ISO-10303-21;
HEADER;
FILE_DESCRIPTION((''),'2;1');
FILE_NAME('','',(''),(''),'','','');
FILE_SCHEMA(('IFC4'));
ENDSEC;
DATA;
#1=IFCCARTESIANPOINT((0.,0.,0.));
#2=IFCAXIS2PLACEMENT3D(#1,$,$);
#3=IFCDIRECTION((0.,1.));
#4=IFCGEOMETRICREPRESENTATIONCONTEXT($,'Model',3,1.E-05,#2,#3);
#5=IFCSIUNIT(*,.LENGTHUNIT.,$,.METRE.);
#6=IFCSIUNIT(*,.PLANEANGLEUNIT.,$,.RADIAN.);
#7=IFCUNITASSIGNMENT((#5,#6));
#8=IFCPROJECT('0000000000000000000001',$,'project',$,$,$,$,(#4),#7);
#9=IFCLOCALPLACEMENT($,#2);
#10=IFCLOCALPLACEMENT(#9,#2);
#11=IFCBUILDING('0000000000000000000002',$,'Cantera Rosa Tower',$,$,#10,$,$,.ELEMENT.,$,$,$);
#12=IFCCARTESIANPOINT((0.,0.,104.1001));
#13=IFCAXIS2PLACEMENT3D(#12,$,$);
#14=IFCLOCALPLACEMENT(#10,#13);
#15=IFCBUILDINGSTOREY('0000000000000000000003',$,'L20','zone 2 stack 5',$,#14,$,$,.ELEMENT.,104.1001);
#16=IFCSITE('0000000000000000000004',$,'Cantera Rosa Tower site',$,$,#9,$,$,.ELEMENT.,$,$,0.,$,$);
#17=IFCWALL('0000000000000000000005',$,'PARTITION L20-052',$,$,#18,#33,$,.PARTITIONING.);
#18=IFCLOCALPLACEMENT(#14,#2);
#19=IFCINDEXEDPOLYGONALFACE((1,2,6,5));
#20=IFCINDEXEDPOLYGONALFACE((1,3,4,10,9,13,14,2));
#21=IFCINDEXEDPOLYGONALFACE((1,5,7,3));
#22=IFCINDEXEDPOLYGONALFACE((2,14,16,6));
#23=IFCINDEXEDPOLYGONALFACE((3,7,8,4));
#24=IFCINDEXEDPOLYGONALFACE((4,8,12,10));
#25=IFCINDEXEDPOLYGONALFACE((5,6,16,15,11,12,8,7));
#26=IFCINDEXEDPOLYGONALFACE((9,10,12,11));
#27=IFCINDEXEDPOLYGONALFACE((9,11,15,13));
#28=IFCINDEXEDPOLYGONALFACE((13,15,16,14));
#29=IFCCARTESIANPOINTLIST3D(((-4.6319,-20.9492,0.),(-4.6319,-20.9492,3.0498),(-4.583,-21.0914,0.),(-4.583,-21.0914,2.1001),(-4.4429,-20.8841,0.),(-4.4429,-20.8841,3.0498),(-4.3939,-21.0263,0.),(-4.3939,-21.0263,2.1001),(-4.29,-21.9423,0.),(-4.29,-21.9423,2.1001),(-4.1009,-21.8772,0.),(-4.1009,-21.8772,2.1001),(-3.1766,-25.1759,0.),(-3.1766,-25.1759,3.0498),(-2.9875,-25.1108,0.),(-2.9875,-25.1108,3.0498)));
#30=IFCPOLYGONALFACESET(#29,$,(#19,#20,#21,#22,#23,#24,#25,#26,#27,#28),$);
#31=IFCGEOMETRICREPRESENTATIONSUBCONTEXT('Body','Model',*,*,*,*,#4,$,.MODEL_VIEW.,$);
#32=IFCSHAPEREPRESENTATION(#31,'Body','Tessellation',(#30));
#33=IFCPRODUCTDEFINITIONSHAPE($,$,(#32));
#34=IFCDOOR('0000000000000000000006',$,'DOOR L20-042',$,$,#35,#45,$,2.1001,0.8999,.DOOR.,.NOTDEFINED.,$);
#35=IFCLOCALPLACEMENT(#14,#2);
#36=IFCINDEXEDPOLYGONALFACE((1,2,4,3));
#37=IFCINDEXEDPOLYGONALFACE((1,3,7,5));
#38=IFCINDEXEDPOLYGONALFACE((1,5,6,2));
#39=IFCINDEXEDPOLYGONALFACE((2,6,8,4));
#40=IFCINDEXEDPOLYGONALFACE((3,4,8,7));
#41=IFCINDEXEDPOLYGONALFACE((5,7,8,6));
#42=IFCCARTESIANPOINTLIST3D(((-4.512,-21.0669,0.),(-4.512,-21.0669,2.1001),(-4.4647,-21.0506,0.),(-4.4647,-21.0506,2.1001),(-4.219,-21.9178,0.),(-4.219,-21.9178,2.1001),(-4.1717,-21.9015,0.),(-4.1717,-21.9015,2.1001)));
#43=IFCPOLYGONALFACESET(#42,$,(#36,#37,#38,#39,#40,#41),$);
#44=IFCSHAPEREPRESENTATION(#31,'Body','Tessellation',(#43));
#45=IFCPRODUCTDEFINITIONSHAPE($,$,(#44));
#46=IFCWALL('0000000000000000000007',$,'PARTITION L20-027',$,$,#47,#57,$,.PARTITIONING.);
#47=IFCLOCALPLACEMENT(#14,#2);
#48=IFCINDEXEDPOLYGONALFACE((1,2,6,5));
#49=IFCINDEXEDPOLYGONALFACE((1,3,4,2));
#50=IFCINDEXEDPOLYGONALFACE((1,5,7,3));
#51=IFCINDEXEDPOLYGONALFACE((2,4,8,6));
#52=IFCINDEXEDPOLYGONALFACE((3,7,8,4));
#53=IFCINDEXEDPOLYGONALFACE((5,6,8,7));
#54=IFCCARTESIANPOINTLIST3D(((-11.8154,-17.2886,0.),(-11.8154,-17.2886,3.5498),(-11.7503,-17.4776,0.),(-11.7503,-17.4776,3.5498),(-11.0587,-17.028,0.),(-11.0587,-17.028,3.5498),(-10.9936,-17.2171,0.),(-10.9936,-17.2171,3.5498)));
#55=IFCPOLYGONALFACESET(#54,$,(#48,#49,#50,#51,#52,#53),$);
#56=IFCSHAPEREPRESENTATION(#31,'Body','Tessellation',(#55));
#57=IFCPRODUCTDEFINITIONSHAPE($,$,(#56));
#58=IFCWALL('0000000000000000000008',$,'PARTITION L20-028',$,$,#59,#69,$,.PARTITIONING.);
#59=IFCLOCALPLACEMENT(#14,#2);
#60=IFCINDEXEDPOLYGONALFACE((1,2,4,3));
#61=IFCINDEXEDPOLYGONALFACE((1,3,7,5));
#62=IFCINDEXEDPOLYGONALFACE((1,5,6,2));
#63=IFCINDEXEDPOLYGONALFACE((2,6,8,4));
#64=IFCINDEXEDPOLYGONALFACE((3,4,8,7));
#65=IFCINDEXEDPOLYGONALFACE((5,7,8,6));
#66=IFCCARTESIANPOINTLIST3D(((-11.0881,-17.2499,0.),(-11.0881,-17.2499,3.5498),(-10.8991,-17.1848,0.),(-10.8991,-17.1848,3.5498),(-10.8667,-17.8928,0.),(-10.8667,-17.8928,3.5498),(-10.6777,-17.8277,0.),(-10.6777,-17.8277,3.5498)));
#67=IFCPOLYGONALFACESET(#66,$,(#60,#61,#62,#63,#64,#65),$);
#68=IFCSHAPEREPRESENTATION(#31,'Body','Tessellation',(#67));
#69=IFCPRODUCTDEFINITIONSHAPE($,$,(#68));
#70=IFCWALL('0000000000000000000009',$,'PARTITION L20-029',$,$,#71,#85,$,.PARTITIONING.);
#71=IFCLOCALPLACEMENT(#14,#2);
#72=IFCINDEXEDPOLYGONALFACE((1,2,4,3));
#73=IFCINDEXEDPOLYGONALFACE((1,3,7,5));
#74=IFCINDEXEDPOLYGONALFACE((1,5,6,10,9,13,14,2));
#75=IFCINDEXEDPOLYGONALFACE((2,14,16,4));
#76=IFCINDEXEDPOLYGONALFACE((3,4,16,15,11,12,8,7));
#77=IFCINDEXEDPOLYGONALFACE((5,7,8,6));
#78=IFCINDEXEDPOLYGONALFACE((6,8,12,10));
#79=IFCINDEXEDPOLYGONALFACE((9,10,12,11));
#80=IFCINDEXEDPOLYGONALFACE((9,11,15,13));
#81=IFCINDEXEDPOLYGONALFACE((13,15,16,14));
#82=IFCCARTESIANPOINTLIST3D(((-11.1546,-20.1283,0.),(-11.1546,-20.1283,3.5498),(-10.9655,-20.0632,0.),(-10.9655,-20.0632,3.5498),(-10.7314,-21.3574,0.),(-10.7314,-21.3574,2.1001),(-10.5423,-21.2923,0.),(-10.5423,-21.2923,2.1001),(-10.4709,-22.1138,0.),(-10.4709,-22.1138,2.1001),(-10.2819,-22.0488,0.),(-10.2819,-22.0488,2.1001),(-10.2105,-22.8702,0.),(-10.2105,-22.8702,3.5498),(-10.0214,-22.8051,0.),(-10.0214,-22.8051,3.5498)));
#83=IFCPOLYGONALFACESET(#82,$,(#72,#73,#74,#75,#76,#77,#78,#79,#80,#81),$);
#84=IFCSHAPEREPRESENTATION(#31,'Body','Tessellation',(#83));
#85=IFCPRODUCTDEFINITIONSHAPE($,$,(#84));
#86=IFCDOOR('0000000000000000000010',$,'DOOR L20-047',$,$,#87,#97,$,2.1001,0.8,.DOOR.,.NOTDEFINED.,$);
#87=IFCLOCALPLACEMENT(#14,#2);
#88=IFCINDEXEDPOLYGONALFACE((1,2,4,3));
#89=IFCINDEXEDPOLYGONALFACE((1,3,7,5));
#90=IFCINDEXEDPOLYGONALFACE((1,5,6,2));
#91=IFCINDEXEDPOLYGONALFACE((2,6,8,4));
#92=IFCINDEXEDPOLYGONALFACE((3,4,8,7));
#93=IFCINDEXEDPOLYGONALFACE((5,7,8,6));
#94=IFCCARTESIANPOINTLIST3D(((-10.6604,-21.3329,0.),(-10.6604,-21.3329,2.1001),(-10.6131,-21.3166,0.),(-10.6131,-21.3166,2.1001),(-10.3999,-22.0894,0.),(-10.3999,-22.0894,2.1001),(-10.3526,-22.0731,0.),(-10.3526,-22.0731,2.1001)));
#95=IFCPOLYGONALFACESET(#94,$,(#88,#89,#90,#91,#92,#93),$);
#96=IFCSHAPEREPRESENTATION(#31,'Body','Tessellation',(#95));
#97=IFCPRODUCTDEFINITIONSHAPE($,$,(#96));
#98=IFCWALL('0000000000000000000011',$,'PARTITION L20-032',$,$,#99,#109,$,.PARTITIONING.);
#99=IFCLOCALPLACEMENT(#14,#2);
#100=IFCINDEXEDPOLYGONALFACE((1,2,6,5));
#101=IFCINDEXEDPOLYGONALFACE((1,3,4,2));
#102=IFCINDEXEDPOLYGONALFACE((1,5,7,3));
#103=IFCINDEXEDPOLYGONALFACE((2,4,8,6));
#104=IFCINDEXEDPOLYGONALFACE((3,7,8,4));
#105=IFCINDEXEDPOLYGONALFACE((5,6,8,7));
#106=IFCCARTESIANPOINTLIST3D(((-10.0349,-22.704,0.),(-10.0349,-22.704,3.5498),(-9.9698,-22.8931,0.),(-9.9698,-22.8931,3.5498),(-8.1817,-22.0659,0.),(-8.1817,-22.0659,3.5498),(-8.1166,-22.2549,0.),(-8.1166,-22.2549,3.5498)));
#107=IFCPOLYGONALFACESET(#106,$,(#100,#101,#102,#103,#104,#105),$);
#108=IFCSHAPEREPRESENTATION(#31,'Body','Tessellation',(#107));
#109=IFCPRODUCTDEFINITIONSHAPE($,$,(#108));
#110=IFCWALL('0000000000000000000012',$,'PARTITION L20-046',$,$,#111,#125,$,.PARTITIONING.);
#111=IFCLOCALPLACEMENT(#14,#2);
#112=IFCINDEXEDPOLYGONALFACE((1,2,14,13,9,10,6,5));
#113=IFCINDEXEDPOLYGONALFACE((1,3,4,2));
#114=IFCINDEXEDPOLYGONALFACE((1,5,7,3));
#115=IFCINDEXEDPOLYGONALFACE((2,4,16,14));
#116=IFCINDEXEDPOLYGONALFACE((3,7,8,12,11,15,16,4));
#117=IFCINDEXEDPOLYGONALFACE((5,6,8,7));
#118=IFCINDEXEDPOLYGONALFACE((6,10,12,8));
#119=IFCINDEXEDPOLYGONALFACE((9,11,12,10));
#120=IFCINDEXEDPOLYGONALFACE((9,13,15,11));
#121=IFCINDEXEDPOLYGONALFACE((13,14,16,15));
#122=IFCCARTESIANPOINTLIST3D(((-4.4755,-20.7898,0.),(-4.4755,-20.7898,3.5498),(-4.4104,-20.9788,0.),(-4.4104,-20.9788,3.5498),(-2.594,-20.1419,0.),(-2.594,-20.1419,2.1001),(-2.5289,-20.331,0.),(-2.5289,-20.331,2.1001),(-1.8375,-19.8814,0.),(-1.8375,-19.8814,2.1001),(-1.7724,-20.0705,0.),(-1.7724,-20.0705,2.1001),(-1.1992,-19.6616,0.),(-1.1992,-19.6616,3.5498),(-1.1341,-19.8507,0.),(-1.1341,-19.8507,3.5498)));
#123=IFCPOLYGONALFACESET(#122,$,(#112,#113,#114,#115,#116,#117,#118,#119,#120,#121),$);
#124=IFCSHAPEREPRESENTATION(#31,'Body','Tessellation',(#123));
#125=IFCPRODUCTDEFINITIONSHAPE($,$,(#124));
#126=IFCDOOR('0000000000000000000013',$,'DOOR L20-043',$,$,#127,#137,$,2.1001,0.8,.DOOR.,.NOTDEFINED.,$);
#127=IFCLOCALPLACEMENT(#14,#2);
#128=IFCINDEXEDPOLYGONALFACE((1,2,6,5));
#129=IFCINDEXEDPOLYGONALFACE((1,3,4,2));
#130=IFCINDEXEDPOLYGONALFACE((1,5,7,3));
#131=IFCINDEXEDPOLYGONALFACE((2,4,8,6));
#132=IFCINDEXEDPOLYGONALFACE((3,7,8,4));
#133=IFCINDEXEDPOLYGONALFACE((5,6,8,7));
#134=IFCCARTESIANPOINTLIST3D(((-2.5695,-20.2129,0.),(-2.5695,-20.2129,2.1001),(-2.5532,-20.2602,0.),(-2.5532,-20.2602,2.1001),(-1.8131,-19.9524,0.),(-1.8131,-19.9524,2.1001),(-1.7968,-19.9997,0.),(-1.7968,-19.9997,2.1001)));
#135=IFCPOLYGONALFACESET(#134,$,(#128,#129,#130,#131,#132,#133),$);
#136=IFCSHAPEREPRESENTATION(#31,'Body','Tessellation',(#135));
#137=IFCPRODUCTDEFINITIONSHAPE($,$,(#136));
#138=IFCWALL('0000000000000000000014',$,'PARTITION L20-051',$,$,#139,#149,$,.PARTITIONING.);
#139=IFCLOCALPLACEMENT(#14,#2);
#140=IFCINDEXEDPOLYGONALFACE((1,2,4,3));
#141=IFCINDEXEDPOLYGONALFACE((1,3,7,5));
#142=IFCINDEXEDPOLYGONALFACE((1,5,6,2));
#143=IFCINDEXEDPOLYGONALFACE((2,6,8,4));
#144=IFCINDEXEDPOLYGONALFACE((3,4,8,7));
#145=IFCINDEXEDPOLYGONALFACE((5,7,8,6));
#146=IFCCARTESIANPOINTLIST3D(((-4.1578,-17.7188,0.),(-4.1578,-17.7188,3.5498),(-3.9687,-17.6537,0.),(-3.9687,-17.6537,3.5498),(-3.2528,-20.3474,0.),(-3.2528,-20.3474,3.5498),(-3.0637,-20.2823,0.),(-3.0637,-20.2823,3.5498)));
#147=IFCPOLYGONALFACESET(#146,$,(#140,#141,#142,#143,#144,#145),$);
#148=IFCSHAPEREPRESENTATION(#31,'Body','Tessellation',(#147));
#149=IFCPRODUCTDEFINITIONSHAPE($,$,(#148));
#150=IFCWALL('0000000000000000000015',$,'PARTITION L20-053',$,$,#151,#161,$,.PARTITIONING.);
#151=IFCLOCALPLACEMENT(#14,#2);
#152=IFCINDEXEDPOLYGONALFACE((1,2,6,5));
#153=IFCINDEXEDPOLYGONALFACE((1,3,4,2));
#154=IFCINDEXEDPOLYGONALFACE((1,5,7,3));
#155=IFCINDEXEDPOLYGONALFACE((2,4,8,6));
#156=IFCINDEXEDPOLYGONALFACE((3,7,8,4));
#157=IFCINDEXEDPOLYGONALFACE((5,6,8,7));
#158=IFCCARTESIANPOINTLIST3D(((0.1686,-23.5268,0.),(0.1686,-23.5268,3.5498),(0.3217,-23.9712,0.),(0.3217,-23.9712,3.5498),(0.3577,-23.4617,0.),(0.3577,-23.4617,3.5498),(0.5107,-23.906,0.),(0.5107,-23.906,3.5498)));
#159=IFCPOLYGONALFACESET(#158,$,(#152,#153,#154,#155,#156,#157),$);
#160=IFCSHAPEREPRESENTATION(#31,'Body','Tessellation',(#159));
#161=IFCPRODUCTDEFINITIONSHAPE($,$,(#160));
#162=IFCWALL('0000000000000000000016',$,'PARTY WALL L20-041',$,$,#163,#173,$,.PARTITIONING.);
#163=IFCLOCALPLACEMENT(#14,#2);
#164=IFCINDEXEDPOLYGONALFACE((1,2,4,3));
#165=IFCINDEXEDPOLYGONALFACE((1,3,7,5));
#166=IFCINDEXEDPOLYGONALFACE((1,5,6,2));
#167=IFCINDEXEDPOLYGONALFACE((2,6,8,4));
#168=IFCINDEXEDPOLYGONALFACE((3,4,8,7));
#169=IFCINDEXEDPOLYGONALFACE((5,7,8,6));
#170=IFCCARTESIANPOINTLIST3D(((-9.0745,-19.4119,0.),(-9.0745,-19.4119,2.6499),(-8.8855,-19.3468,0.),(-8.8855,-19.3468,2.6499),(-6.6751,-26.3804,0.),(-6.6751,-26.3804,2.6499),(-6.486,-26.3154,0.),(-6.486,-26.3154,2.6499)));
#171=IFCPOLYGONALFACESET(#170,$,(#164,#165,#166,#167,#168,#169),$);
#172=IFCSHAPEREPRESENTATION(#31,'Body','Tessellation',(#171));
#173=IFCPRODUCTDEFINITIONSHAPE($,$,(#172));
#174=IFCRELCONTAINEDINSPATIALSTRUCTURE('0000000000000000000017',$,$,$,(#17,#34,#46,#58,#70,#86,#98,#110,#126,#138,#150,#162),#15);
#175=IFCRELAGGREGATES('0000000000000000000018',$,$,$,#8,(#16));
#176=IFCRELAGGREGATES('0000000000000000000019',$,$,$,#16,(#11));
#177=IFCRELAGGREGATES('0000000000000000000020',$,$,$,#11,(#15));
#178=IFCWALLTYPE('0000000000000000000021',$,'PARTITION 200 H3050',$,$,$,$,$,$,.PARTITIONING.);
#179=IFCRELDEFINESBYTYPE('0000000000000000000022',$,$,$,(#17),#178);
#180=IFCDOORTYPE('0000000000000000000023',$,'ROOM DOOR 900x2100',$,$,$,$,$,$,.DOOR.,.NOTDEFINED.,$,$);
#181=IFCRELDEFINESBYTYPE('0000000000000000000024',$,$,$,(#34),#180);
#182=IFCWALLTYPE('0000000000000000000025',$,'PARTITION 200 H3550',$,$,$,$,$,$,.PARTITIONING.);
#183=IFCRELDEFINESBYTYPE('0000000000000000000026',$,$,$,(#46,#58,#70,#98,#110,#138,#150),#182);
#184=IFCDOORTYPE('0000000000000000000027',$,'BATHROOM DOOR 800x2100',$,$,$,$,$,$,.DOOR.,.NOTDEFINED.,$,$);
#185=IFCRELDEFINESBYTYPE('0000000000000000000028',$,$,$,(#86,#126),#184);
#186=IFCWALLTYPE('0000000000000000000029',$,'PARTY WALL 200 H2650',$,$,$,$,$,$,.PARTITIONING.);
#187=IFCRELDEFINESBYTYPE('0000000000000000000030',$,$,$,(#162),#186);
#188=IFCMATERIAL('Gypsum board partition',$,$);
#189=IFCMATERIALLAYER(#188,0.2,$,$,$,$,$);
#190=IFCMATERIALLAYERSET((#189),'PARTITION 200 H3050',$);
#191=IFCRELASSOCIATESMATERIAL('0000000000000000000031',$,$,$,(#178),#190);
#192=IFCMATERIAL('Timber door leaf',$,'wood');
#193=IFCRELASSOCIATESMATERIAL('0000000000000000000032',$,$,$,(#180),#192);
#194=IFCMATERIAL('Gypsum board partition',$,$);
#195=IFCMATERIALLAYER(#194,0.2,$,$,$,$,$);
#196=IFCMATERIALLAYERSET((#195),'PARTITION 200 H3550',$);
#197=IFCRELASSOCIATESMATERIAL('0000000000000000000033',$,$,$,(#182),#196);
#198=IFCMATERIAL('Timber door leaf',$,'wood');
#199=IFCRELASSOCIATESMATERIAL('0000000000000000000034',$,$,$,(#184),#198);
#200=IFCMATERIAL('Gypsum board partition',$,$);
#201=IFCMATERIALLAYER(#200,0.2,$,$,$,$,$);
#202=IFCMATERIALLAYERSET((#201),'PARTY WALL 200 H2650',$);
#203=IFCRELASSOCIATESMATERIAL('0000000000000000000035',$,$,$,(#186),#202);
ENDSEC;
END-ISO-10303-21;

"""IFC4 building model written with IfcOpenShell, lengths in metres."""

from ifc_helpers import new_model, si_unit, direction, frame, frame_2d, origin, place, context, subcontext, project, spatial, rectangle, extrude, material, layer, layer_set, type_object, element, fill, save


model = new_model("IFC4")

# Units and contexts
model_context = context("Model", 3, precision=1e-05, world=origin(), true_north=direction((0.0, 1.0)))
body_context = subcontext(model_context, "Body", "Model", "MODEL_VIEW")
ifc_project = project(units=[si_unit("LENGTHUNIT", "METRE"), si_unit("PLANEANGLEUNIT", "RADIAN")], contexts=[model_context])

# Site, building, storey
site_placement = place(None, origin())
site = spatial("IfcSite", under=ifc_project, at=site_placement, Name="Cantera Rosa Tower site", CompositionType="ELEMENT", RefElevation=0.0)
building_placement = place(site_placement, origin())
building = spatial("IfcBuilding", under=site, at=building_placement, Name="Cantera Rosa Tower", CompositionType="ELEMENT")
storey_placement = place(building_placement, frame((0.0, 0.0, 104.1001)))
storey = spatial("IfcBuildingStorey", under=building, at=storey_placement, Name="L20", Description="zone 2 stack 5", CompositionType="ELEMENT", Elevation=104.1001)

# Wall, opening, door
ifc_material_1 = material(Name="Gypsum board partition")
ifc_layer_1 = layer(ifc_material_1, 0.2)
ifc_layer_set_1 = layer_set([ifc_layer_1], Name="PARTITION 200 H3050")
wall_type_1 = type_object("IfcWallType", Name="PARTITION 200 H3050", PredefinedType="PARTITIONING", material=ifc_layer_set_1)
wall_1_placement = place(storey_placement, frame((-3.082, -25.1433, 0.0), z_axis=(0.0, 0.0, 1.0), x_axis=(-0.325568, 0.945519, 0.0)))
wall_1 = element("IfcWall", 1, at=wall_1_placement, inside=storey, type_object=wall_type_1, Name="PARTITION L20-052", PredefinedType="PARTITIONING", context=body_context, shape_type="SweptSolid", body=[
    extrude(rectangle(XDim=4.4702, YDim=0.2, at=frame_2d((2.2351, 0.0))), origin(), (0.0, 0.0, 1.0), 3.0498),
])
opening_1_placement = place(wall_1_placement, frame((3.4199, 0.0, 0.0)))
opening_1 = element("IfcOpeningElement", 2, at=opening_1_placement, cuts=wall_1, PredefinedType="OPENING", context=body_context, shape_type="SweptSolid", body=[
    extrude(rectangle(XDim=0.8999, YDim=2.1001, at=frame_2d((0.45, 1.05))), frame((0.0, 0.1099, 0.0), z_axis=(0.0, -1.0, 0.0), x_axis=(1.0, 0.0, 0.0)), (0.0, 0.0, 1.0), 0.22),
])
ifc_material_2 = material(Name="Timber door leaf", Category="wood")
door_type_1 = type_object("IfcDoorType", Name="ROOM DOOR 900x2100", OperationType="NOTDEFINED", PredefinedType="DOOR", material=ifc_material_2)
door_1_placement = place(opening_1_placement, origin())
door_1 = element("IfcDoor", 3, at=door_1_placement, inside=storey, type_object=door_type_1, Name="DOOR L20-042", OperationType="NOTDEFINED", OverallHeight=2.1001, OverallWidth=0.8999, PredefinedType="DOOR", context=body_context, shape_type="SweptSolid", body=[
    extrude(rectangle(XDim=0.8999, YDim=2.1001, at=frame_2d((0.45, 1.05))), frame((0.0, 0.0249, 0.0), z_axis=(0.0, -1.0, 0.0), x_axis=(1.0, 0.0, 0.0)), (0.0, 0.0, 1.0), 0.05),
])
fill(opening_1, door_1)

# Walls
ifc_material_3 = material(Name="Gypsum board partition")
ifc_layer_2 = layer(ifc_material_3, 0.2)
ifc_layer_set_2 = layer_set([ifc_layer_2], Name="PARTITION 200 H3550")
wall_type_2 = type_object("IfcWallType", Name="PARTITION 200 H3550", PredefinedType="PARTITIONING", material=ifc_layer_set_2)
wall_2_placement = place(storey_placement, frame((-11.0261, -17.1226, 0.0), z_axis=(0.0, 0.0, 1.0), x_axis=(-0.945525, -0.325549, 0.0)))
element("IfcWall", 4, at=wall_2_placement, inside=storey, type_object=wall_type_2, Name="PARTITION L20-027", PredefinedType="PARTITIONING", context=body_context, shape_type="SweptSolid", body=[
    extrude(rectangle(XDim=0.8003, YDim=0.2, at=frame_2d((0.4001, 0.0))), origin(), (0.0, 0.0, 1.0), 3.5498),
])
wall_3_placement = place(storey_placement, frame((-10.7722, -17.8601, 0.0), z_axis=(0.0, 0.0, 1.0), x_axis=(-0.325692, 0.945476, 0.0)))
element("IfcWall", 5, at=wall_3_placement, inside=storey, type_object=wall_type_2, Name="PARTITION L20-028", PredefinedType="PARTITIONING", context=body_context, shape_type="SweptSolid", body=[
    extrude(rectangle(XDim=0.6799, YDim=0.2, at=frame_2d((0.3398, 0.0))), origin(), (0.0, 0.0, 1.0), 3.5498),
])

# Wall, opening, door
wall_4_placement = place(storey_placement, frame((-10.116, -22.8376, 0.0), z_axis=(0.0, 0.0, 1.0), x_axis=(-0.325557, 0.945522, 0.0)))
wall_4 = element("IfcWall", 6, at=wall_4_placement, inside=storey, type_object=wall_type_2, Name="PARTITION L20-029", PredefinedType="PARTITIONING", context=body_context, shape_type="SweptSolid", body=[
    extrude(rectangle(XDim=2.8999, YDim=0.2, at=frame_2d((1.45, 0.0))), origin(), (0.0, 0.0, 1.0), 3.5498),
])
opening_2_placement = place(wall_4_placement, frame((0.8, 0.0, 0.0)))
opening_2 = element("IfcOpeningElement", 7, at=opening_2_placement, cuts=wall_4, PredefinedType="OPENING", context=body_context, shape_type="SweptSolid", body=[
    extrude(rectangle(XDim=0.8, YDim=2.1001, at=frame_2d((0.3999, 1.05))), frame((0.0, 0.1099, 0.0), z_axis=(0.0, -1.0, 0.0), x_axis=(1.0, 0.0, 0.0)), (0.0, 0.0, 1.0), 0.22),
])
ifc_material_4 = material(Name="Timber door leaf", Category="wood")
door_type_2 = type_object("IfcDoorType", Name="BATHROOM DOOR 800x2100", OperationType="NOTDEFINED", PredefinedType="DOOR", material=ifc_material_4)
door_2_placement = place(opening_2_placement, origin())
door_2 = element("IfcDoor", 8, at=door_2_placement, inside=storey, type_object=door_type_2, Name="DOOR L20-047", OperationType="NOTDEFINED", OverallHeight=2.1001, OverallWidth=0.8, PredefinedType="DOOR", context=body_context, shape_type="SweptSolid", body=[
    extrude(rectangle(XDim=0.8, YDim=2.1001, at=frame_2d((0.3999, 1.05))), frame((0.0, 0.0249, 0.0), z_axis=(0.0, -1.0, 0.0), x_axis=(1.0, 0.0, 0.0)), (0.0, 0.0, 1.0), 0.05),
])
fill(opening_2, door_2)

# Wall
wall_5_placement = place(storey_placement, frame((-8.1492, -22.1604, 0.0), z_axis=(0.0, 0.0, 1.0), x_axis=(-0.945511, -0.325591, 0.0)))
element("IfcWall", 9, at=wall_5_placement, inside=storey, type_object=wall_type_2, Name="PARTITION L20-032", PredefinedType="PARTITIONING", context=body_context, shape_type="SweptSolid", body=[
    extrude(rectangle(XDim=1.96, YDim=0.2, at=frame_2d((0.98, 0.0))), origin(), (0.0, 0.0, 1.0), 3.5498),
])

# Wall, opening, door
wall_6_placement = place(storey_placement, frame((-4.4429, -20.8843, 0.0), z_axis=(0.0, 0.0, 1.0), x_axis=(0.945516, 0.325576, 0.0)))
wall_6 = element("IfcWall", 10, at=wall_6_placement, inside=storey, type_object=wall_type_2, Name="PARTITION L20-046", PredefinedType="PARTITIONING", context=body_context, shape_type="SweptSolid", body=[
    extrude(rectangle(XDim=3.4651, YDim=0.2, at=frame_2d((1.7324, 0.0))), origin(), (0.0, 0.0, 1.0), 3.5498),
])
opening_3_placement = place(wall_6_placement, frame((1.99, 0.0, 0.0)))
opening_3 = element("IfcOpeningElement", 11, at=opening_3_placement, cuts=wall_6, PredefinedType="OPENING", context=body_context, shape_type="SweptSolid", body=[
    extrude(rectangle(XDim=0.8, YDim=2.1001, at=frame_2d((0.3999, 1.05))), frame((0.0, 0.1099, 0.0), z_axis=(0.0, -1.0, 0.0), x_axis=(1.0, 0.0, 0.0)), (0.0, 0.0, 1.0), 0.22),
])
door_3_placement = place(opening_3_placement, origin())
door_3 = element("IfcDoor", 12, at=door_3_placement, inside=storey, type_object=door_type_2, Name="DOOR L20-043", OperationType="NOTDEFINED", OverallHeight=2.1001, OverallWidth=0.8, PredefinedType="DOOR", context=body_context, shape_type="SweptSolid", body=[
    extrude(rectangle(XDim=0.8, YDim=2.1001, at=frame_2d((0.3999, 1.05))), frame((0.0, 0.0249, 0.0), z_axis=(0.0, -1.0, 0.0), x_axis=(1.0, 0.0, 0.0)), (0.0, 0.0, 1.0), 0.05),
])
fill(opening_3, door_3)

# Walls
wall_7_placement = place(storey_placement, frame((-3.1582, -20.3149, 0.0), z_axis=(0.0, 0.0, 1.0), x_axis=(-0.325539, 0.945529, 0.0)))
element("IfcWall", 13, at=wall_7_placement, inside=storey, type_object=wall_type_2, Name="PARTITION L20-051", PredefinedType="PARTITIONING", context=body_context, shape_type="SweptSolid", body=[
    extrude(rectangle(XDim=2.78, YDim=0.2, at=frame_2d((1.3901, 0.0))), origin(), (0.0, 0.0, 1.0), 3.5498),
])
wall_8_placement = place(storey_placement, frame((0.2632, -23.4944, 0.0), z_axis=(0.0, 0.0, 1.0), x_axis=(0.325719, -0.945467, 0.0)))
element("IfcWall", 14, at=wall_8_placement, inside=storey, type_object=wall_type_2, Name="PARTITION L20-053", PredefinedType="PARTITIONING", context=body_context, shape_type="SweptSolid", body=[
    extrude(rectangle(XDim=0.47, YDim=0.2, at=frame_2d((0.2349, 0.0))), origin(), (0.0, 0.0, 1.0), 3.5498),
])
ifc_material_5 = material(Name="Gypsum board partition")
ifc_layer_3 = layer(ifc_material_5, 0.2)
ifc_layer_set_3 = layer_set([ifc_layer_3], Name="PARTY WALL 200 H2650")
wall_type_3 = type_object("IfcWallType", Name="PARTY WALL 200 H2650", PredefinedType="PARTITIONING", material=ifc_layer_set_3)
wall_9_placement = place(storey_placement, frame((-6.5806, -26.3479, 0.0), z_axis=(0.0, 0.0, 1.0), x_axis=(-0.325564, 0.94552, 0.0)))
element("IfcWall", 15, at=wall_9_placement, inside=storey, type_object=wall_type_3, Name="PARTY WALL L20-041", PredefinedType="PARTITIONING", context=body_context, shape_type="SweptSolid", body=[
    extrude(rectangle(XDim=7.3701, YDim=0.2, at=frame_2d((3.6851, 0.0))), origin(), (0.0, 0.0, 1.0), 2.6499),
])

save(model, "model.ifc")
